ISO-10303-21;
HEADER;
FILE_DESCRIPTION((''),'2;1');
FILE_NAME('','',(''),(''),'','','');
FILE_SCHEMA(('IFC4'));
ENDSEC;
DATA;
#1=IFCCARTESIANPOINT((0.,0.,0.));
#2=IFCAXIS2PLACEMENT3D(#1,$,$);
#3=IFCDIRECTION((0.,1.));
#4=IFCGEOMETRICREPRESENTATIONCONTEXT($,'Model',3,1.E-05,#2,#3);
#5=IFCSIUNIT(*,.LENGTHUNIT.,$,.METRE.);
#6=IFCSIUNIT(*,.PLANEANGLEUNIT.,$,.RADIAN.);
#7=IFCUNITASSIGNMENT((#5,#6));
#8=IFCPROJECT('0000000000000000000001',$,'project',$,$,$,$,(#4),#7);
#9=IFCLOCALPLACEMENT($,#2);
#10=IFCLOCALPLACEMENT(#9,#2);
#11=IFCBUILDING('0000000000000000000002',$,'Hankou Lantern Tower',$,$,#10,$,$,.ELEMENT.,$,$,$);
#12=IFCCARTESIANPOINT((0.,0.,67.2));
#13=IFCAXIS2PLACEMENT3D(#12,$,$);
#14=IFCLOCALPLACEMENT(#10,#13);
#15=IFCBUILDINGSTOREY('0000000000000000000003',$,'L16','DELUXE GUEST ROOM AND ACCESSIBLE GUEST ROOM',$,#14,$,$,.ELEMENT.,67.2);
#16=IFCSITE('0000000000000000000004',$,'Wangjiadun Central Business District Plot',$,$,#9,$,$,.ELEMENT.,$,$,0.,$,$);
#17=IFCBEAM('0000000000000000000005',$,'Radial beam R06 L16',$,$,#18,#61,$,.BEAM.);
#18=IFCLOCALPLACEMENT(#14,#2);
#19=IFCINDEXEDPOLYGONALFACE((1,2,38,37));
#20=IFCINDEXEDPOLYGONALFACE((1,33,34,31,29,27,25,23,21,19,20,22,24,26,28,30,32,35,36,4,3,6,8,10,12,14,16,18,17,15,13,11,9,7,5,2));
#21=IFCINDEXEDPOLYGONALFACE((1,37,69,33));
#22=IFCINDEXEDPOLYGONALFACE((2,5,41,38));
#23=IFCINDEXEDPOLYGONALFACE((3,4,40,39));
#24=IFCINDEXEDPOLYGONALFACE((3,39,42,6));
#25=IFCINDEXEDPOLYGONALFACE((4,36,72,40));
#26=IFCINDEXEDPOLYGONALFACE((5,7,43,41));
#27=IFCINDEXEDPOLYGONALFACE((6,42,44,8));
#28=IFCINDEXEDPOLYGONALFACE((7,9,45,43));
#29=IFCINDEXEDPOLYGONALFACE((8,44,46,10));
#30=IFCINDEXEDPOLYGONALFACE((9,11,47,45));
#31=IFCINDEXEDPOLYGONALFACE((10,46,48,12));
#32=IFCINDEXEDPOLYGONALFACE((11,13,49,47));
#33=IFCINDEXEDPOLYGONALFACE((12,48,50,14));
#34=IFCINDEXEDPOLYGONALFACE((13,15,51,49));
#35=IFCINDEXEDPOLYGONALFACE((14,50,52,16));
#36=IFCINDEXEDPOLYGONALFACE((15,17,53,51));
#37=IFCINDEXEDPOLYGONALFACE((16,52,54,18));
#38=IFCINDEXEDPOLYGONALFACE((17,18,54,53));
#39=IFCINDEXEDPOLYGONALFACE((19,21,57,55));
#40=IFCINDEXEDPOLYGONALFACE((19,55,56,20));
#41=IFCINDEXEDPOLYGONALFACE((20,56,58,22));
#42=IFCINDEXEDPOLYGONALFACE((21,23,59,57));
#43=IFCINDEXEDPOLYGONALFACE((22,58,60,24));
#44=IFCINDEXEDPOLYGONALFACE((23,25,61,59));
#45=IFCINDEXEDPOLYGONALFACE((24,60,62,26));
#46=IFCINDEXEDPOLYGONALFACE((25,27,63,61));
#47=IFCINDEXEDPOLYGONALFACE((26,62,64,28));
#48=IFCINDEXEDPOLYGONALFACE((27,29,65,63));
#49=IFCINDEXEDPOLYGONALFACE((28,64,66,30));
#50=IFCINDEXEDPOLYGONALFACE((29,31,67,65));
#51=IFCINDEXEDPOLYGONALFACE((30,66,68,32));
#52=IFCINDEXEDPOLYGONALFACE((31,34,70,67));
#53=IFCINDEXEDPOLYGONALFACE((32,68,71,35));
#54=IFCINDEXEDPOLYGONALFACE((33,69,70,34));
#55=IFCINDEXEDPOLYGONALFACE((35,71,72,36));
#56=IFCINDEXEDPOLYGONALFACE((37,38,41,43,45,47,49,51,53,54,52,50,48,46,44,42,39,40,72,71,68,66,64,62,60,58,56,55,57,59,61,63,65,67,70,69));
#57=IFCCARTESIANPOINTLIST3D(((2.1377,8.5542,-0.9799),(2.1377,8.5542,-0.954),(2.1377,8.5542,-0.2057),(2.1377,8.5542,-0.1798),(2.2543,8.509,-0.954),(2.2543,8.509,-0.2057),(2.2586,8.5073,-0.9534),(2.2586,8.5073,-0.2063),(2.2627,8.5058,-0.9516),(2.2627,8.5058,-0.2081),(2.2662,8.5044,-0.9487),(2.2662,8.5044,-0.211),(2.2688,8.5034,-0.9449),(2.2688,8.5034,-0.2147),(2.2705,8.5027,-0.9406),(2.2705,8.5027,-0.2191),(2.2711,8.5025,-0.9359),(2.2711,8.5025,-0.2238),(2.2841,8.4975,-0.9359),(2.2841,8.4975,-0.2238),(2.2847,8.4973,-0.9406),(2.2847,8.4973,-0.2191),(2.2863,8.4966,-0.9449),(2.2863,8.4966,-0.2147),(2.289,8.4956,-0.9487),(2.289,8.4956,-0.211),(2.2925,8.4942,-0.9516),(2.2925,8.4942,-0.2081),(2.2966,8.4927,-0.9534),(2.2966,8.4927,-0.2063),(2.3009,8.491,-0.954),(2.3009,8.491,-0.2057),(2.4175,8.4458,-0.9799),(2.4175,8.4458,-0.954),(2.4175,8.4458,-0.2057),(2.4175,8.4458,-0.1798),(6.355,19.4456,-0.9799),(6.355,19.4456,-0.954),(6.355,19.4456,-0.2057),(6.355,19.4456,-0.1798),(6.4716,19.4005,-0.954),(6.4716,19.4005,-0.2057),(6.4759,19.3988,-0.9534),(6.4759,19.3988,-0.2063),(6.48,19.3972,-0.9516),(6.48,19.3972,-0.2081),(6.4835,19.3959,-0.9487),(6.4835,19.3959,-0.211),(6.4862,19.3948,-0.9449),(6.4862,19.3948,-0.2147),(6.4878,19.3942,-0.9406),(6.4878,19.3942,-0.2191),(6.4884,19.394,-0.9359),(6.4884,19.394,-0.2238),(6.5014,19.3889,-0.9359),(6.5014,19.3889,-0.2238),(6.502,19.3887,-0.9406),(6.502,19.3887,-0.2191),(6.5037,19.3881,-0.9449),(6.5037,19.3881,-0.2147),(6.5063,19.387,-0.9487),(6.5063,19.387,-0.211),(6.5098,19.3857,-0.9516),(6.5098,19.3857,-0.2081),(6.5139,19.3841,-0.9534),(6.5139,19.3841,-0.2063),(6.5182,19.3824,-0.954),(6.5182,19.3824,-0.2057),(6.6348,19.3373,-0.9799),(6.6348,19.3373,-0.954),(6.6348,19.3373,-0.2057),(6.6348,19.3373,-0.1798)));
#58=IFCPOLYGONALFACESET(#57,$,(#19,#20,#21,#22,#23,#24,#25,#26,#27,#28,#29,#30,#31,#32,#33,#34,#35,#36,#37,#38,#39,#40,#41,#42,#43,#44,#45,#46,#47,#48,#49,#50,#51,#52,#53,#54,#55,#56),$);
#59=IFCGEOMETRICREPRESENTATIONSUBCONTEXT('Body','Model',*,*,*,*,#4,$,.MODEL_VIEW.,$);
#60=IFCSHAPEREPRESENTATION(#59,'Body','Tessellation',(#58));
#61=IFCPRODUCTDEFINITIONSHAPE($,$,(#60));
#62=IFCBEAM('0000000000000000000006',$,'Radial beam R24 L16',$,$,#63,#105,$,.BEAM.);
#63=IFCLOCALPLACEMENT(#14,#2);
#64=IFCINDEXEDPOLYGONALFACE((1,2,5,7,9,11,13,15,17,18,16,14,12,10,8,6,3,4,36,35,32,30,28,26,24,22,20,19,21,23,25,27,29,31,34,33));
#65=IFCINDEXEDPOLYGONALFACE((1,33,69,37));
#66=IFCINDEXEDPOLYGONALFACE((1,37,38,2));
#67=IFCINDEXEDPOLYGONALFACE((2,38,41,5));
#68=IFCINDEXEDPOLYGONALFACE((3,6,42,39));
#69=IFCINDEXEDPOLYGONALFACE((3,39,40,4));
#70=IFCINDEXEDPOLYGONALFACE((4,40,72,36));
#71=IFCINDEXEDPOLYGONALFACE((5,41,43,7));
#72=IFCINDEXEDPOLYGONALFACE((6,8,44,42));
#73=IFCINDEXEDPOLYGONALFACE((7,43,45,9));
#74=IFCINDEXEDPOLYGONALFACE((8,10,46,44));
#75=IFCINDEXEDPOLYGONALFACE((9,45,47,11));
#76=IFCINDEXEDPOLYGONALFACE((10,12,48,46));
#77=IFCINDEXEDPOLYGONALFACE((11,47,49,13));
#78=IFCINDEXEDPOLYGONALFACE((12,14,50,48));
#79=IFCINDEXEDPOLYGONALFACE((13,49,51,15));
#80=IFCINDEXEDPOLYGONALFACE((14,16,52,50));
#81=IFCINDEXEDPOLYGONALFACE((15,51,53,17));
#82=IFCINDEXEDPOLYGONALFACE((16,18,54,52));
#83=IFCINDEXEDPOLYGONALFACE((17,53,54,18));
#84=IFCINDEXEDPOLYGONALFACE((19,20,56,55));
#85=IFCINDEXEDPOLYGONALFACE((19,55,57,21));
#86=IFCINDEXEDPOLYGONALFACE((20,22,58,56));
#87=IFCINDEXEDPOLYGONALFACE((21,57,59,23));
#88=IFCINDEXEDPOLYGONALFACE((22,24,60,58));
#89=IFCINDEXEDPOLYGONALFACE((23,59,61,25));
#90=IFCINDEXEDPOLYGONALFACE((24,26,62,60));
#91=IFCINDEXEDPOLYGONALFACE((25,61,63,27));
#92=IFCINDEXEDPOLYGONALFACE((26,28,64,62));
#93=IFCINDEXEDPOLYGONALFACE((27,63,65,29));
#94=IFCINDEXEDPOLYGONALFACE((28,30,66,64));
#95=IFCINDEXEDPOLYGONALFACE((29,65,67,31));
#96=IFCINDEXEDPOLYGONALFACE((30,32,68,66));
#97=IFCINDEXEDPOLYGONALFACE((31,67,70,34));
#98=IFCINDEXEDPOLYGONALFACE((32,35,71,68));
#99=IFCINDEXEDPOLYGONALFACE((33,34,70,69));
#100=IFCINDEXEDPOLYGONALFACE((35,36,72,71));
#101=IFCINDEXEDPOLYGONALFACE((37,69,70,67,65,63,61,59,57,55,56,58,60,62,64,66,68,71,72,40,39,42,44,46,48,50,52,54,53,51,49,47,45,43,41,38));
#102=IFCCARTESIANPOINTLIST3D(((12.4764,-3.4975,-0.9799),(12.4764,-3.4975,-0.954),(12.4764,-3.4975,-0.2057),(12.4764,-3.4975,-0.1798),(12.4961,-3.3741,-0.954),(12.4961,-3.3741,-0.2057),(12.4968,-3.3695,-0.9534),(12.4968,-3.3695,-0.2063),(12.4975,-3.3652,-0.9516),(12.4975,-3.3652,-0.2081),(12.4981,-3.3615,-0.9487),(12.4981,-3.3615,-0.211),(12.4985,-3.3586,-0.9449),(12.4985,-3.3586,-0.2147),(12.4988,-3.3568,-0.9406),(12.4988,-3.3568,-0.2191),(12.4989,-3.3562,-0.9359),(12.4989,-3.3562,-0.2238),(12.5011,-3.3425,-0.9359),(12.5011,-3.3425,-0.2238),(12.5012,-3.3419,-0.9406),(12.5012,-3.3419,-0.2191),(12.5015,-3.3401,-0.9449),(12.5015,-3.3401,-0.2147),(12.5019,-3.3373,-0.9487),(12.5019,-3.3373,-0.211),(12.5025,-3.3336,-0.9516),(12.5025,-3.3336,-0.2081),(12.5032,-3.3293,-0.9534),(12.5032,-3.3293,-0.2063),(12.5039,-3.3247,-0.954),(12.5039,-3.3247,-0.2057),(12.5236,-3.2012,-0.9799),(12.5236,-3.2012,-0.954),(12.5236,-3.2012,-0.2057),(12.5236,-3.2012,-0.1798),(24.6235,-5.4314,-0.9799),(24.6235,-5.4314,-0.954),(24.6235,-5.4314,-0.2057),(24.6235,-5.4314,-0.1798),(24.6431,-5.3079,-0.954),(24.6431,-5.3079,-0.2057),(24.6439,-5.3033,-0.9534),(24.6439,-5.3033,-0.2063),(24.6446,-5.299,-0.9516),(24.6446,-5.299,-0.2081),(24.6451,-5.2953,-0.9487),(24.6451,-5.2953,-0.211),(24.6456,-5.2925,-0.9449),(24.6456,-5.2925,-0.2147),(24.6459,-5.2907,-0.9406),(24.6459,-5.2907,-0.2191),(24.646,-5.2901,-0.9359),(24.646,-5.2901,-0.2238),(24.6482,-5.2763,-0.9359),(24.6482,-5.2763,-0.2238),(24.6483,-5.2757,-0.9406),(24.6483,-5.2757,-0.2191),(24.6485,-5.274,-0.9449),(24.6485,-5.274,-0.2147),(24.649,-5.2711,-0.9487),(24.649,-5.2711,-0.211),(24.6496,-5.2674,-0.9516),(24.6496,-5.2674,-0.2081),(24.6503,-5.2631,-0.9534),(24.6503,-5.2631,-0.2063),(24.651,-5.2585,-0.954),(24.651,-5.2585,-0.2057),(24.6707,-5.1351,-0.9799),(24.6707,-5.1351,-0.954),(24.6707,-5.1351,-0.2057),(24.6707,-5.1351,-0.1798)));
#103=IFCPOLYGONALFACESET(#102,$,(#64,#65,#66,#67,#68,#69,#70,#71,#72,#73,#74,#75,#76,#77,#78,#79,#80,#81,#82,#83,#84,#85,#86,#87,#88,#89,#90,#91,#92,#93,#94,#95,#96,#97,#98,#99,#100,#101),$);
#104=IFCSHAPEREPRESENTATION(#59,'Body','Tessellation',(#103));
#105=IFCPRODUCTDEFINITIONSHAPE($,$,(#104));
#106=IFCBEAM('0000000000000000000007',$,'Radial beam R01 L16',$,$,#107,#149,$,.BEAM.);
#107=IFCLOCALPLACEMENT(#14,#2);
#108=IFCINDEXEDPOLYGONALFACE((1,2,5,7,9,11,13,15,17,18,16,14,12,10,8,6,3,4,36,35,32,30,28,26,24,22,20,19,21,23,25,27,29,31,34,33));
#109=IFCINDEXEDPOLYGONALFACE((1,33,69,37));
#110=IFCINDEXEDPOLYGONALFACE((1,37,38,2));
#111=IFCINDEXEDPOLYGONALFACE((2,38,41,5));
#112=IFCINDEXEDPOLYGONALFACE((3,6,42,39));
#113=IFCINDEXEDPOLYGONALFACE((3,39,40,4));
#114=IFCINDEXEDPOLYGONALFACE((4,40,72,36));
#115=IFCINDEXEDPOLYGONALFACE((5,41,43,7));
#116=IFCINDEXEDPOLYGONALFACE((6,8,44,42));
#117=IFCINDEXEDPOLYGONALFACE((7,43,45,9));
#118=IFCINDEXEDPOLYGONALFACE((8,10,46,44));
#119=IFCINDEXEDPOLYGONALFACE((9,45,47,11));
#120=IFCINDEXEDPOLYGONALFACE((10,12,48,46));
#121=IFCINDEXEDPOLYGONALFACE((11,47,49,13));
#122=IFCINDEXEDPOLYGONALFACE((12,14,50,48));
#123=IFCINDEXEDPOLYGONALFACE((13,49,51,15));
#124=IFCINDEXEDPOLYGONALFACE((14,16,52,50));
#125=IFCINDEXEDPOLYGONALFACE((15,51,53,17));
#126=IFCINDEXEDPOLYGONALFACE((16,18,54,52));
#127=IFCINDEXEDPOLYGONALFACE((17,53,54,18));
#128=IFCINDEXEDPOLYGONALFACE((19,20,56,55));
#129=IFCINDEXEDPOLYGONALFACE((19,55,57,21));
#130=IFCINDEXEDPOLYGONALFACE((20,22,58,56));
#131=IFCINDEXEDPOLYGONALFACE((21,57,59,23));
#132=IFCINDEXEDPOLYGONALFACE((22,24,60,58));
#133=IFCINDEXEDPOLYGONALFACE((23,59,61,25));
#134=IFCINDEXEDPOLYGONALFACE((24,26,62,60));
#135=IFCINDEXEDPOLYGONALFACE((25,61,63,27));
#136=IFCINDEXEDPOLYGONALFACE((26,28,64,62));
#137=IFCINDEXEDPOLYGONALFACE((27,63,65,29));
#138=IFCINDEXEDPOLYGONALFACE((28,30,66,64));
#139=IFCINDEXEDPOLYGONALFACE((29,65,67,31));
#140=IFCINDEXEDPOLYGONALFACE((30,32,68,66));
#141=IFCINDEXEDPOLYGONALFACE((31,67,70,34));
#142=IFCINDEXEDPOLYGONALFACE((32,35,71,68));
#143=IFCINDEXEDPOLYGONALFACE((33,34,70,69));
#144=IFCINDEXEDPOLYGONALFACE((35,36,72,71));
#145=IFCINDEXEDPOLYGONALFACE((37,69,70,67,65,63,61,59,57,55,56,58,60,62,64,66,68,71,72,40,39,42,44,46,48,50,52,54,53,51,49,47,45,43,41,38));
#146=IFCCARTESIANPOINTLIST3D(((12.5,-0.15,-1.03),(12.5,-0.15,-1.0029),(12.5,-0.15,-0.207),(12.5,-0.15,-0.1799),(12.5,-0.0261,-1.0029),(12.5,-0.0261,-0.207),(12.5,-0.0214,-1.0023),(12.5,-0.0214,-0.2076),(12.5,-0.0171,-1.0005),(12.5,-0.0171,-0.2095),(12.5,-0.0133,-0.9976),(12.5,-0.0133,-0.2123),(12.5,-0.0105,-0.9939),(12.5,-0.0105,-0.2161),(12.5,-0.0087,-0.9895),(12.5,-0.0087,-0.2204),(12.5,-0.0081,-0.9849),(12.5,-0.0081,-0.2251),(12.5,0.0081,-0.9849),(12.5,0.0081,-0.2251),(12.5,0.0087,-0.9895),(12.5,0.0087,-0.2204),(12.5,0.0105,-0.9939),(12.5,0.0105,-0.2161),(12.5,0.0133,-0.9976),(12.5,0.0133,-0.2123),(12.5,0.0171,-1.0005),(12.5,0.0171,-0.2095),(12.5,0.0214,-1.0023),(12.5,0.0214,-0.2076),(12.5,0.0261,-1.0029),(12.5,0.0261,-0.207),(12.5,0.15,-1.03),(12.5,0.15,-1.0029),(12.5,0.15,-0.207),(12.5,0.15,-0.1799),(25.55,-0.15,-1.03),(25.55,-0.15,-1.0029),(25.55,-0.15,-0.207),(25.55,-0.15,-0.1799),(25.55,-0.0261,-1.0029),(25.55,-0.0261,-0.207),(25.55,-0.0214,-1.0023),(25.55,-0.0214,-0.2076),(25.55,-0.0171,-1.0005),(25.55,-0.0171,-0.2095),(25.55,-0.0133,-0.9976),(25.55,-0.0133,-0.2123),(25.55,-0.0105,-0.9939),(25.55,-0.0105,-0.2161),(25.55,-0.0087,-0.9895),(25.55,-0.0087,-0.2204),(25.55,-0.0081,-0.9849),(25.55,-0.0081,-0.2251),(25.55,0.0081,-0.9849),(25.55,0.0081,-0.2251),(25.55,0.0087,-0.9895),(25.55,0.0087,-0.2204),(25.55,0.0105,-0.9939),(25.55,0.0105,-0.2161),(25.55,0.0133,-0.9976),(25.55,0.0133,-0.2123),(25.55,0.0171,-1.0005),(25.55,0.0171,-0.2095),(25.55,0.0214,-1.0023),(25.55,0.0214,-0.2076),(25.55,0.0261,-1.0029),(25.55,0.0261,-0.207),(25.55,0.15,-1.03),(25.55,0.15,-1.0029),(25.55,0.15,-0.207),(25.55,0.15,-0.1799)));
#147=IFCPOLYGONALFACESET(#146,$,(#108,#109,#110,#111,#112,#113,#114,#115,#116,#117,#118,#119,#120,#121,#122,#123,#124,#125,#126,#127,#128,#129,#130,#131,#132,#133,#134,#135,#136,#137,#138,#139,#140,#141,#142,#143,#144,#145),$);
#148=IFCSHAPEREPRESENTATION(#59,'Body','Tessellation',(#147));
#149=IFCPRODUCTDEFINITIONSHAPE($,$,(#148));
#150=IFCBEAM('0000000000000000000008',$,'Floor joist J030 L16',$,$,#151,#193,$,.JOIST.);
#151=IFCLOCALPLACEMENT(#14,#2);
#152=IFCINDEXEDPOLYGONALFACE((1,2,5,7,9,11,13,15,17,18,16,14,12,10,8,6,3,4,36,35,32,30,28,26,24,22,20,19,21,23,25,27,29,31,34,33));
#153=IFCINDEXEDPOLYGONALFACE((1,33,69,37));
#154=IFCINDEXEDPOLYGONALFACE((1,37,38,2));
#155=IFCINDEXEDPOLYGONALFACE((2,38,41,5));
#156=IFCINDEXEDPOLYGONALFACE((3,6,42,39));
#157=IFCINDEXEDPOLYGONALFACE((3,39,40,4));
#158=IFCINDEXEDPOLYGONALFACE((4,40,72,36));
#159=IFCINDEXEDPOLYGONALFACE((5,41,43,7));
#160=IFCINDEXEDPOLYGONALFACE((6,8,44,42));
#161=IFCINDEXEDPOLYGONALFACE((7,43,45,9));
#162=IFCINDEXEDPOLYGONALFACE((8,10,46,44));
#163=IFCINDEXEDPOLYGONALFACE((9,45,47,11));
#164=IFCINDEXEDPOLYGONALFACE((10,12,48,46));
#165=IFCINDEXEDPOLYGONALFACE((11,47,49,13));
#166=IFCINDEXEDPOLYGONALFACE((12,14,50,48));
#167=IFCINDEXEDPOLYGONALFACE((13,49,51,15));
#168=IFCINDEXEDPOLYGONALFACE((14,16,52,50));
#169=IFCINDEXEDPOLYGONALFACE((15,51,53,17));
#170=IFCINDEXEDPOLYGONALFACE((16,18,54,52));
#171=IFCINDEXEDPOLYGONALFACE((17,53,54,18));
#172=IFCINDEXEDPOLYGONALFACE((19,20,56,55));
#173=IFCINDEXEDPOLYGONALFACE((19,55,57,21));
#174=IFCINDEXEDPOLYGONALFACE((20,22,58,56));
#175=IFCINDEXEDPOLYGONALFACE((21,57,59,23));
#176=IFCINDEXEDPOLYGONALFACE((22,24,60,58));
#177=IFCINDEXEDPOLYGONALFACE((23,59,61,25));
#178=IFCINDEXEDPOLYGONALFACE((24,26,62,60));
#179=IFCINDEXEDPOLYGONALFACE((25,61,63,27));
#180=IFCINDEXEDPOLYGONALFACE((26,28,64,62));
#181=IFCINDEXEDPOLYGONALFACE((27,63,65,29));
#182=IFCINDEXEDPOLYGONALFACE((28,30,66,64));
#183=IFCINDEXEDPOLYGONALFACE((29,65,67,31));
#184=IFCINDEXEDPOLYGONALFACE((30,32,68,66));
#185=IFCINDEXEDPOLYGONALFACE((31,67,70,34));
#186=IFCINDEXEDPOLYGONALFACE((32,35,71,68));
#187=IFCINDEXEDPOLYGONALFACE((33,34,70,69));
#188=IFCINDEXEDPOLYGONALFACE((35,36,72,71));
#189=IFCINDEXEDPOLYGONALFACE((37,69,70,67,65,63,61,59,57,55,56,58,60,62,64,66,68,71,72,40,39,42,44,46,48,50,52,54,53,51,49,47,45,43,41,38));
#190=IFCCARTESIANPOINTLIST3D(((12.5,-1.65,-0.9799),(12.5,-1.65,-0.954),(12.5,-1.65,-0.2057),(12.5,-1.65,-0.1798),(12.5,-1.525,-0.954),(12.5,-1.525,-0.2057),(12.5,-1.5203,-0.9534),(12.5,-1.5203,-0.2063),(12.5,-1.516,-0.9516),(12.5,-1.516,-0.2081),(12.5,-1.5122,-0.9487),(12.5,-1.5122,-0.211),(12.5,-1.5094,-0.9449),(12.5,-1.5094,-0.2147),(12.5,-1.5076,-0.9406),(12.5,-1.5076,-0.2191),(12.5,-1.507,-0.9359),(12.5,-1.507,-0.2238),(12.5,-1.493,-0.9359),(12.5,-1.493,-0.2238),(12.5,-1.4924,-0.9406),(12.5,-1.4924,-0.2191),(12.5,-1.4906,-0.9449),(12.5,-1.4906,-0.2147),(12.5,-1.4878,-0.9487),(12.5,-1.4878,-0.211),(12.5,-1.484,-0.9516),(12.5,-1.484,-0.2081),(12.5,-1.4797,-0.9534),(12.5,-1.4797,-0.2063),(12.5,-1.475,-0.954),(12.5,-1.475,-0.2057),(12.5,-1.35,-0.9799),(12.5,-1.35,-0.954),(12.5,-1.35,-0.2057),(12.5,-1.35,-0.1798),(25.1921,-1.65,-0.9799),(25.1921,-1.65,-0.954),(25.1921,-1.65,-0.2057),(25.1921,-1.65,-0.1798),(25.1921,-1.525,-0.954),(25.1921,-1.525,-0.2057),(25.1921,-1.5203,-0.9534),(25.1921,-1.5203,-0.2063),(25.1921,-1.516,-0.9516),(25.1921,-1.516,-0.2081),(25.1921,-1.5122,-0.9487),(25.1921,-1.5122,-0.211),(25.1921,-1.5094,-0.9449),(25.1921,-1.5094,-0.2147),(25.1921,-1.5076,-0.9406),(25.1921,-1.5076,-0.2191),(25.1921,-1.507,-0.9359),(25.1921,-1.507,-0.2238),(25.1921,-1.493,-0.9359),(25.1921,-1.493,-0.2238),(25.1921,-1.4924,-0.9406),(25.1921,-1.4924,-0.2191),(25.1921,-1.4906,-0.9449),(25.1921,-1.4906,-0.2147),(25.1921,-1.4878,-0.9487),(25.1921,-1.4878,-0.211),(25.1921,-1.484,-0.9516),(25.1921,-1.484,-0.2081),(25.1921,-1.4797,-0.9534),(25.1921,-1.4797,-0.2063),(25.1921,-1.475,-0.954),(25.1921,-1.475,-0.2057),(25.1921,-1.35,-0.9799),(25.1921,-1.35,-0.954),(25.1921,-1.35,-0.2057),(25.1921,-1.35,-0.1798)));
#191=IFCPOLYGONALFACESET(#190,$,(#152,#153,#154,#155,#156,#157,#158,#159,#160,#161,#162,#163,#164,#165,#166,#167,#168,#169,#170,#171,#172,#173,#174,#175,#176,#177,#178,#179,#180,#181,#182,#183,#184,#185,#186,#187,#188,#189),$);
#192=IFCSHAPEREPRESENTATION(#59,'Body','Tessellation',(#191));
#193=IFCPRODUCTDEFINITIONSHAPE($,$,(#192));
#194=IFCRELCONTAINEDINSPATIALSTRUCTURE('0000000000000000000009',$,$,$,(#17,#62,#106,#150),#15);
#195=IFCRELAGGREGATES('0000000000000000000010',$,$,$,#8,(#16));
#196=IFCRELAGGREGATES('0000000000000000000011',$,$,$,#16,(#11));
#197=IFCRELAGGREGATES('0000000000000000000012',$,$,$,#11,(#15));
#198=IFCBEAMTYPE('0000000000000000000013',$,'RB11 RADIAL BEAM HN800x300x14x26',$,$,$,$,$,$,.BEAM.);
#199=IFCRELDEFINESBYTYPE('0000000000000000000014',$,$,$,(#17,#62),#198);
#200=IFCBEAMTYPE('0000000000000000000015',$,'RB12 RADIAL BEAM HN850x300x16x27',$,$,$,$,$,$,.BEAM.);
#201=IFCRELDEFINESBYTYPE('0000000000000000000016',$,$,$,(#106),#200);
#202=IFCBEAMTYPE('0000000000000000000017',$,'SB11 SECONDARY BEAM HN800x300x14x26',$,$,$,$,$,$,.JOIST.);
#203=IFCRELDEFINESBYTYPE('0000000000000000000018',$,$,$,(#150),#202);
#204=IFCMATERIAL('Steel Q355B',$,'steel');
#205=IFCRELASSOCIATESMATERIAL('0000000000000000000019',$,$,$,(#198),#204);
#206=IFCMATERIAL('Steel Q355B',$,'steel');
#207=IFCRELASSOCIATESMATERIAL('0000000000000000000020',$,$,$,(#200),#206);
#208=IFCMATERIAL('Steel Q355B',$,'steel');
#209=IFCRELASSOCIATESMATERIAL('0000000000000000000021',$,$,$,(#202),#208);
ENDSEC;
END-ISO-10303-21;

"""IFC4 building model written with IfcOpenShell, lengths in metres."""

from ifc_helpers import new_model, si_unit, direction, frame, origin, origin_2d, place, context, subcontext, project, spatial, i_section, extrude, material, material_profile, profile_set, type_object, element, save


model = new_model("IFC4")

# Units and contexts
model_context = context("Model", 3, precision=1e-05, world=origin(), true_north=direction((0.0, 1.0)))
body_context = subcontext(model_context, "Body", "Model", "MODEL_VIEW")
ifc_project = project(units=[si_unit("LENGTHUNIT", "METRE"), si_unit("PLANEANGLEUNIT", "RADIAN")], contexts=[model_context])

# Site, building, storey
site_placement = place(None, origin())
site = spatial("IfcSite", under=ifc_project, at=site_placement, Name="Wangjiadun Central Business District Plot", CompositionType="ELEMENT", RefElevation=0.0)
building_placement = place(site_placement, origin())
building = spatial("IfcBuilding", under=site, at=building_placement, Name="Hankou Lantern Tower", CompositionType="ELEMENT")
storey_placement = place(building_placement, frame((0.0, 0.0, 67.2)))
storey = spatial("IfcBuildingStorey", under=building, at=storey_placement, Name="L16", Description="DELUXE GUEST ROOM AND ACCESSIBLE GUEST ROOM", CompositionType="ELEMENT", Elevation=67.2)

# Beams
ifc_material_1 = material(Name="Steel Q355B", Category="steel")
ifc_material_profile_1 = material_profile(ifc_material_1, i_section(OverallWidth=0.3, OverallDepth=0.8, WebThickness=0.0139, FlangeThickness=0.0259, FilletRadius=0.0181, at=origin_2d()), Name="HN800x300x14x26")
ifc_profile_set_1 = profile_set([ifc_material_profile_1], Name="Steel Q355B")
beam_type_1 = type_object("IfcBeamType", Name="RB11 RADIAL BEAM HN800x300x14x26", PredefinedType="BEAM", material=ifc_profile_set_1)
beam_1_placement = place(storey_placement, frame((2.2776, 8.5, -0.5798), z_axis=(0.361089, 0.932531, 0.0), x_axis=(-0.932531, 0.361089, 0.0)))
element("IfcBeam", 1, at=beam_1_placement, inside=storey, type_object=beam_type_1, Name="Radial beam R06 L16", PredefinedType="BEAM", context=body_context, shape_type="SweptSolid", body=[
    extrude(i_section(OverallWidth=0.3, OverallDepth=0.8, WebThickness=0.0139, FlangeThickness=0.0259, FilletRadius=0.0181, at=origin_2d()), origin(), (0.0, 0.0, 1.0), 11.6794),
])
beam_2_placement = place(storey_placement, frame((12.5, -3.3494, -0.5798), z_axis=(0.987563, -0.157223, 0.0), x_axis=(0.157223, 0.987563, 0.0)))
element("IfcBeam", 2, at=beam_2_placement, inside=storey, type_object=beam_type_1, Name="Radial beam R24 L16", PredefinedType="BEAM", context=body_context, shape_type="SweptSolid", body=[
    extrude(i_section(OverallWidth=0.3, OverallDepth=0.8, WebThickness=0.0139, FlangeThickness=0.0259, FilletRadius=0.0181, at=origin_2d()), origin(), (0.0, 0.0, 1.0), 12.3),
])
ifc_material_2 = material(Name="Steel Q355B", Category="steel")
ifc_material_profile_2 = material_profile(ifc_material_2, i_section(OverallWidth=0.3, OverallDepth=0.8501, WebThickness=0.0161, FlangeThickness=0.0271, FilletRadius=0.0181, at=origin_2d()), Name="HN850x300x16x27")
ifc_profile_set_2 = profile_set([ifc_material_profile_2], Name="Steel Q355B")
beam_type_2 = type_object("IfcBeamType", Name="RB12 RADIAL BEAM HN850x300x16x27", PredefinedType="BEAM", material=ifc_profile_set_2)
beam_3_placement = place(storey_placement, frame((12.5, 0.0, -0.605), z_axis=(1.0, 0.0, 0.0), x_axis=(0.0, 1.0, 0.0)))
element("IfcBeam", 3, at=beam_3_placement, inside=storey, type_object=beam_type_2, Name="Radial beam R01 L16", PredefinedType="BEAM", context=body_context, shape_type="SweptSolid", body=[
    extrude(i_section(OverallWidth=0.3, OverallDepth=0.8501, WebThickness=0.0161, FlangeThickness=0.0271, FilletRadius=0.0181, at=origin_2d()), origin(), (0.0, 0.0, 1.0), 13.05),
])
ifc_material_3 = material(Name="Steel Q355B", Category="steel")
ifc_material_profile_3 = material_profile(ifc_material_3, i_section(OverallWidth=0.3, OverallDepth=0.8, WebThickness=0.0139, FlangeThickness=0.0259, FilletRadius=0.0181, at=origin_2d()), Name="HN800x300x14x26")
ifc_profile_set_3 = profile_set([ifc_material_profile_3], Name="Steel Q355B")
beam_type_3 = type_object("IfcBeamType", Name="SB11 SECONDARY BEAM HN800x300x14x26", PredefinedType="JOIST", material=ifc_profile_set_3)
for number, where, z_axis, x_axis, name in (
    (4, (12.5, -1.5, -0.5798), (1.0, 0.0, 0.0), (0.0, 1.0, 0.0), "Floor joist J030 L16"),
):
    element("IfcBeam", number, at=place(storey_placement, frame(where, z_axis=z_axis, x_axis=x_axis)), inside=storey, type_object=beam_type_3, Name=name, PredefinedType="JOIST", context=body_context, shape_type="SweptSolid", body=[
        extrude(i_section(OverallWidth=0.3, OverallDepth=0.8, WebThickness=0.0139, FlangeThickness=0.0259, FilletRadius=0.0181, at=origin_2d()), origin(), (0.0, 0.0, 1.0), 12.6921),
    ])

save(model, "model.ifc")
